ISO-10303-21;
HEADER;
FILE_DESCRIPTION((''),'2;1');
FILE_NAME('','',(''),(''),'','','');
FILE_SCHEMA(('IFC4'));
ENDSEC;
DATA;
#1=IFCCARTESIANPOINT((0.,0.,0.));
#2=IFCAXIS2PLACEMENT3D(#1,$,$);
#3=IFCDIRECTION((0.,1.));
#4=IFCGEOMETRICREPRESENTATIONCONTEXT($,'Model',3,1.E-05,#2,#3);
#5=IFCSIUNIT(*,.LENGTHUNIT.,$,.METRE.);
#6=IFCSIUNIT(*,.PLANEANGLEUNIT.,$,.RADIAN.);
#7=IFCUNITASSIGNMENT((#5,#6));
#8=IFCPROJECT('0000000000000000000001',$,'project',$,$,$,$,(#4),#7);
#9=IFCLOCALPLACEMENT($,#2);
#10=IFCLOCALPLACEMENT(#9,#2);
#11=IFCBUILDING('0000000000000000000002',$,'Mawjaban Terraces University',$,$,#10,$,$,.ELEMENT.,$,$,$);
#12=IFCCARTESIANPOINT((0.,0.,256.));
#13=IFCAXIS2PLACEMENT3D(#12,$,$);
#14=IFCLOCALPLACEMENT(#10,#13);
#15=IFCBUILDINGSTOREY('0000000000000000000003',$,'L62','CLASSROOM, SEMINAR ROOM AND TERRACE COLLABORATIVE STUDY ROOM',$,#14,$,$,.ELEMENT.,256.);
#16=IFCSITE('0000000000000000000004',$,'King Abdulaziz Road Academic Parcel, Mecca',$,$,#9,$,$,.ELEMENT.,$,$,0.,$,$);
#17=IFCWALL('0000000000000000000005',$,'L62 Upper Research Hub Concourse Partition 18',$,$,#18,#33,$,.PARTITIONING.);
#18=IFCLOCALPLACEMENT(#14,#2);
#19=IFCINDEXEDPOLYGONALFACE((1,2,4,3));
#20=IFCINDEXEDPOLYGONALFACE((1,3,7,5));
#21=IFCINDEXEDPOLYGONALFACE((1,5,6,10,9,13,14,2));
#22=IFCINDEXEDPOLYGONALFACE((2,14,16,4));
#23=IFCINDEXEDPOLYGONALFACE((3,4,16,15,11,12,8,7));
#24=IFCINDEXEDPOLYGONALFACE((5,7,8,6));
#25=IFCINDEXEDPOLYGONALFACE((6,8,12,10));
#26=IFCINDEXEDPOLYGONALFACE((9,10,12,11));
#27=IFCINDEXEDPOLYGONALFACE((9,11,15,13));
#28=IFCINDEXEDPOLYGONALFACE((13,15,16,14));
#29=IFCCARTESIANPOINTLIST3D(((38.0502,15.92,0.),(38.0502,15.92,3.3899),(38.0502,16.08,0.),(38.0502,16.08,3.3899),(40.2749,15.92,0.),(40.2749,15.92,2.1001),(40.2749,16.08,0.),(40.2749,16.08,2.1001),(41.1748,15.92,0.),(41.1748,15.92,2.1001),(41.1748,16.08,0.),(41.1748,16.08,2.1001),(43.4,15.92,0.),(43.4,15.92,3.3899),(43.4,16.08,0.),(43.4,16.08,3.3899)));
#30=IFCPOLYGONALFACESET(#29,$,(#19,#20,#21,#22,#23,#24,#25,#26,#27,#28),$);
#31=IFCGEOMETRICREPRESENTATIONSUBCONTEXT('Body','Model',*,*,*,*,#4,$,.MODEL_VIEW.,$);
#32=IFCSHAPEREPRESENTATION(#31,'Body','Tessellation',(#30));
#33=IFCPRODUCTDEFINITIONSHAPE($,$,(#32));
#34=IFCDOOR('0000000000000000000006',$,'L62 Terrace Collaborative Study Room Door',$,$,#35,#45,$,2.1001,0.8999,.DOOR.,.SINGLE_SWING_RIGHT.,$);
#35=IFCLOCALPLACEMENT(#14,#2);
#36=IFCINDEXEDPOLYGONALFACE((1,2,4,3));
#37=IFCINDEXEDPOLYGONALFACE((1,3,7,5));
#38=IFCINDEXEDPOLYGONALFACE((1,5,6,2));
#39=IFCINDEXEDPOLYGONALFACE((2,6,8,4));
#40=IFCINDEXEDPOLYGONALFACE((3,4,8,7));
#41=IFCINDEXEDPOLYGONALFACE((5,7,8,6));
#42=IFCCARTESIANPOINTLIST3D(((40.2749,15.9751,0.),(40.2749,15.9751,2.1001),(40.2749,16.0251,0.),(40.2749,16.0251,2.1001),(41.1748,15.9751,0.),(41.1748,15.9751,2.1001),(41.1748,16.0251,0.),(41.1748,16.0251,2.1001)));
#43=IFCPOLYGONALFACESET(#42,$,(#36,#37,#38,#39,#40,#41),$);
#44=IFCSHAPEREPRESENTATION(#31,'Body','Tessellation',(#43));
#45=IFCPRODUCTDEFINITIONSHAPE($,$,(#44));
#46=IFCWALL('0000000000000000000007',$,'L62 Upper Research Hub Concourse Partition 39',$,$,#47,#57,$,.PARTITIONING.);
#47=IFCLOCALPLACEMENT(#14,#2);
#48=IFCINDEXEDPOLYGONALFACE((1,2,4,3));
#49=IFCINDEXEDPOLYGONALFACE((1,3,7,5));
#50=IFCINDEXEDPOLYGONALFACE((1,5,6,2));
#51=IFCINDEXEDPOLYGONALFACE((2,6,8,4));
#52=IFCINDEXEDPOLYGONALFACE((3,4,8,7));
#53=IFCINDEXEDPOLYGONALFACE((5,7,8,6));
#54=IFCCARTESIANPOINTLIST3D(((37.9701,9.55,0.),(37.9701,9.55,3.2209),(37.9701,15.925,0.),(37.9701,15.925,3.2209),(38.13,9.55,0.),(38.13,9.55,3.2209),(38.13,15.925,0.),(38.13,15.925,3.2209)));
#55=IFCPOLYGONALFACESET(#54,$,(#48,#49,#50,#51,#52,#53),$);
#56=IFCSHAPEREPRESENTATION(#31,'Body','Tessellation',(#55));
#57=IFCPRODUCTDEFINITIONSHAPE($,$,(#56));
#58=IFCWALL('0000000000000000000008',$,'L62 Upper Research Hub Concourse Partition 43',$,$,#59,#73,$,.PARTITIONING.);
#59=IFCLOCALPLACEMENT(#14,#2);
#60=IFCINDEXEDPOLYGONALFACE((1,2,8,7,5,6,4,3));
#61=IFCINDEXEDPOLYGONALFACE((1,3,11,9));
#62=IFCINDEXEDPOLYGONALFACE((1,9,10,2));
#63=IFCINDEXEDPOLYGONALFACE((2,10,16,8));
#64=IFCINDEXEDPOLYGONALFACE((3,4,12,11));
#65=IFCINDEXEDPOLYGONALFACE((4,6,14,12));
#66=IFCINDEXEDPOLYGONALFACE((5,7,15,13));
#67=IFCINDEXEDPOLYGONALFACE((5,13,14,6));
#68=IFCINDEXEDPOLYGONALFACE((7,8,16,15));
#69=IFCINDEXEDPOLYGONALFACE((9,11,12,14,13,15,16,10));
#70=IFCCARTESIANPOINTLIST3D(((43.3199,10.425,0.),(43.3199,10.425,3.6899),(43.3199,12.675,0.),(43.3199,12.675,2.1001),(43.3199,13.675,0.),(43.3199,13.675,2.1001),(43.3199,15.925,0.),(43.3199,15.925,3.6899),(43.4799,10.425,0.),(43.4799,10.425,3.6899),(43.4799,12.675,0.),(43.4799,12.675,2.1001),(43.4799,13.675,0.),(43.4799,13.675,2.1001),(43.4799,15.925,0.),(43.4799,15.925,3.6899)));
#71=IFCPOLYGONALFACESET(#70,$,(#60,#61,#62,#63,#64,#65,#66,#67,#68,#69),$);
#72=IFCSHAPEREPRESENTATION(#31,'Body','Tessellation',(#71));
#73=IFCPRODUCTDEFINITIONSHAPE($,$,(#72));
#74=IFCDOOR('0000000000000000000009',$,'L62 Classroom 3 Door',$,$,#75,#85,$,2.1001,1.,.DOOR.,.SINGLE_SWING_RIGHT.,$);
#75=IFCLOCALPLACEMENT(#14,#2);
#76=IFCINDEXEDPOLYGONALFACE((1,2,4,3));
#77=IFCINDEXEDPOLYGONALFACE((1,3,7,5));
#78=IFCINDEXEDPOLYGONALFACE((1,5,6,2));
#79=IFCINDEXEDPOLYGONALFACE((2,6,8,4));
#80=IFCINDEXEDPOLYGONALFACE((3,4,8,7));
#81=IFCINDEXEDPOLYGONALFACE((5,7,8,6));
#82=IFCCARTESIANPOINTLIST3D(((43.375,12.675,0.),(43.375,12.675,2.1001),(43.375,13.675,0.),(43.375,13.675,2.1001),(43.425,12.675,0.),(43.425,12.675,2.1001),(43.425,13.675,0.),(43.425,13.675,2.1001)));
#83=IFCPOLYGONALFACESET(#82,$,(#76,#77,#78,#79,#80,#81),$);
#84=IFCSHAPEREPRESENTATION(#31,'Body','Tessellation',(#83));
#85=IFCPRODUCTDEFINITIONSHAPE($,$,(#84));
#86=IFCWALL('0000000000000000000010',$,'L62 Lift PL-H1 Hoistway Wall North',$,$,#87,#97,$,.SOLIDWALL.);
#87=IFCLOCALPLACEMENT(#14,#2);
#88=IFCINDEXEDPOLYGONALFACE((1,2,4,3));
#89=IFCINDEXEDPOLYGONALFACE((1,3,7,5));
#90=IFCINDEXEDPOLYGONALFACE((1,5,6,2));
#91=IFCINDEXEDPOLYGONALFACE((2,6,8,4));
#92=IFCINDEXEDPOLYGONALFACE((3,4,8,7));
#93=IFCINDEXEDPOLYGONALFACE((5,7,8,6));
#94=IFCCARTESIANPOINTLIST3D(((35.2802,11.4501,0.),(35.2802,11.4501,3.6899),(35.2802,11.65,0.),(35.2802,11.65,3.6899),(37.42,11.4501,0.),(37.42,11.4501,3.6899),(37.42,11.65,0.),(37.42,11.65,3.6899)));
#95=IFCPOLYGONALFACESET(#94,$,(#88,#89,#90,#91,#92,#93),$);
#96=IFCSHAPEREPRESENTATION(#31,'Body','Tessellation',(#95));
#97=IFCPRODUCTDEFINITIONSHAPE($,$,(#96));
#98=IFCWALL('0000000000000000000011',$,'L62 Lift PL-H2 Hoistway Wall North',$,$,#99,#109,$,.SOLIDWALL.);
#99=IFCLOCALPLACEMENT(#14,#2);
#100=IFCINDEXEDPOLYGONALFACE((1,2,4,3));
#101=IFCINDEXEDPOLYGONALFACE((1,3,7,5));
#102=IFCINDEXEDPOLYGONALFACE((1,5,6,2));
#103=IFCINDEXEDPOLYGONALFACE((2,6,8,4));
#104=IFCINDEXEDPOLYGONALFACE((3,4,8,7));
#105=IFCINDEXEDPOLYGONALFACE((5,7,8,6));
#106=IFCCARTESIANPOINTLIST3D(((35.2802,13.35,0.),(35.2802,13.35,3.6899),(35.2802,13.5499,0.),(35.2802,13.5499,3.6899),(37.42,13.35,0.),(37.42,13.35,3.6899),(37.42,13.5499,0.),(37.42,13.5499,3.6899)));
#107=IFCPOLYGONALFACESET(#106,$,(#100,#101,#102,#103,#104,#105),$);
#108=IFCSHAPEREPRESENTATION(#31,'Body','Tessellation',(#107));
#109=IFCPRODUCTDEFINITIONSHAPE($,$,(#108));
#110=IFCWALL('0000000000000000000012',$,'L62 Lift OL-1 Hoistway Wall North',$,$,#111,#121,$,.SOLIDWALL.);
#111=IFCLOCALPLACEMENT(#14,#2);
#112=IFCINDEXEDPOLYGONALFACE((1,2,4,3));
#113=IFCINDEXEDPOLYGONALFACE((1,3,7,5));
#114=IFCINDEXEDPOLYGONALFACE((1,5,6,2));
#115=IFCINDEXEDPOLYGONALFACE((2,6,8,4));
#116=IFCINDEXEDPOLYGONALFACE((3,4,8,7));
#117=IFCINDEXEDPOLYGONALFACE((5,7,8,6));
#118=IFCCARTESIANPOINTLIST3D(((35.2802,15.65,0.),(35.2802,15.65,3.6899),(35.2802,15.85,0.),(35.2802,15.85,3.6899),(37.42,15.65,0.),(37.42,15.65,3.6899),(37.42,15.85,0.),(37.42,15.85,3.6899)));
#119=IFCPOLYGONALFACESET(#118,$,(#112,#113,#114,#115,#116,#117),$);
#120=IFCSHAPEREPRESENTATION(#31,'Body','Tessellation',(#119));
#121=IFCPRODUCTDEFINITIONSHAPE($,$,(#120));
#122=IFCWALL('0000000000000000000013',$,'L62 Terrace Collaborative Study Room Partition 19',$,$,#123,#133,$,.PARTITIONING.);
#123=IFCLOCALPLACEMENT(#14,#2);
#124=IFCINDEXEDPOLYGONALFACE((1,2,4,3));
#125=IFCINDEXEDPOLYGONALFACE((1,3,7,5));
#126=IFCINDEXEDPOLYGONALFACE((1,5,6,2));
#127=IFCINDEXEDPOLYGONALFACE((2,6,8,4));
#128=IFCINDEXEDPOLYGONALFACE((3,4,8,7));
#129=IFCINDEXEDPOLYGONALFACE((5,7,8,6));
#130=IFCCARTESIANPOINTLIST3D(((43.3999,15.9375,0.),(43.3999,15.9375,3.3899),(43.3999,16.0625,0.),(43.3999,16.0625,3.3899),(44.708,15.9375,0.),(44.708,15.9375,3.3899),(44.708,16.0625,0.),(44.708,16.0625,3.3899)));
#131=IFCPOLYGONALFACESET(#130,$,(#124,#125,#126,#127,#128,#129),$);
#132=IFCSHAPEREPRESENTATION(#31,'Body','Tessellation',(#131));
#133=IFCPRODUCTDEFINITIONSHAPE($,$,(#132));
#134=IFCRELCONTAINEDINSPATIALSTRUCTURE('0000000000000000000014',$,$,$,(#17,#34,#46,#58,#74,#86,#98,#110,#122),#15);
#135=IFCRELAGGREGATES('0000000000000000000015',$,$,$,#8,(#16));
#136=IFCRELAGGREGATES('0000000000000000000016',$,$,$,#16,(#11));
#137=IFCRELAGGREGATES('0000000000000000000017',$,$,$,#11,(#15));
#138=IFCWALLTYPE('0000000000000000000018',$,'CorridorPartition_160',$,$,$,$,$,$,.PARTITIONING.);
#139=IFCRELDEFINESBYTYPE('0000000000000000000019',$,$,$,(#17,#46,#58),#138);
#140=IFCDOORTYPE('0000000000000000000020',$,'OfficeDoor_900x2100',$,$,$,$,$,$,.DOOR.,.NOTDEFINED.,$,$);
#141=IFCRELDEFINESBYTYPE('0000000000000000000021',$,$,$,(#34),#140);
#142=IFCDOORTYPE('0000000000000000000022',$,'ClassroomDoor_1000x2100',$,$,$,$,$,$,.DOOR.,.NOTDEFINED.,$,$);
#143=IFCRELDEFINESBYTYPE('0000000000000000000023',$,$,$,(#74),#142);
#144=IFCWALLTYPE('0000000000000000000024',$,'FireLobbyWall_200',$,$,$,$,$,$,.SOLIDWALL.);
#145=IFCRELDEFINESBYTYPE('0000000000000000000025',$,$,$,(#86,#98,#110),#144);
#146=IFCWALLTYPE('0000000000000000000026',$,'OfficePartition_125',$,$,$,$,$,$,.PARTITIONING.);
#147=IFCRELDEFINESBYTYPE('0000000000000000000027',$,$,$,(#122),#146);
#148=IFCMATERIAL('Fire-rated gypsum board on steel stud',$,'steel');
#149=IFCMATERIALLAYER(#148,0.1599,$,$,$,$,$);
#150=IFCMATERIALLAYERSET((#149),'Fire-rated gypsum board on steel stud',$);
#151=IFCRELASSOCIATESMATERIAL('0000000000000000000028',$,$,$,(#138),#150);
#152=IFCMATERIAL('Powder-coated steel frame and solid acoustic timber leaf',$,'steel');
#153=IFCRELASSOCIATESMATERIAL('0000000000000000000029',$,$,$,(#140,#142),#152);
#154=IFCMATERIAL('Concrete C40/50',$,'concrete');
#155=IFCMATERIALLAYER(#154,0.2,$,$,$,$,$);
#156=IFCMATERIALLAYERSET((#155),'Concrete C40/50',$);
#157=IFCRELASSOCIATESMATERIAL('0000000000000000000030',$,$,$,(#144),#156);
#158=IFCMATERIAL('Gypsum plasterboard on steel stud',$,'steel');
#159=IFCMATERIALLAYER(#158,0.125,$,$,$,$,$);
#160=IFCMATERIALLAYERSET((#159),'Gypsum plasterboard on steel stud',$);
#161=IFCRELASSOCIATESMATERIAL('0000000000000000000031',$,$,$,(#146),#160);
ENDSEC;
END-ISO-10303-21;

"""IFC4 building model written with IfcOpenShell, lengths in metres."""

from ifc_helpers import new_model, si_unit, direction, frame, frame_2d, origin, place, context, subcontext, project, spatial, rectangle, extrude, material, layer, layer_set, type_object, element, fill, save


model = new_model("IFC4")

# Units and contexts
model_context = context("Model", 3, precision=1e-05, world=origin(), true_north=direction((0.0, 1.0)))
body_context = subcontext(model_context, "Body", "Model", "MODEL_VIEW")
ifc_project = project(units=[si_unit("LENGTHUNIT", "METRE"), si_unit("PLANEANGLEUNIT", "RADIAN")], contexts=[model_context])

# Site, building, storey
site_placement = place(None, origin())
site = spatial("IfcSite", under=ifc_project, at=site_placement, Name="King Abdulaziz Road Academic Parcel, Mecca", CompositionType="ELEMENT", RefElevation=0.0)
building_placement = place(site_placement, origin())
building = spatial("IfcBuilding", under=site, at=building_placement, Name="Mawjaban Terraces University", CompositionType="ELEMENT")
storey_placement = place(building_placement, frame((0.0, 0.0, 256.0)))
storey = spatial("IfcBuildingStorey", under=building, at=storey_placement, Name="L62", Description="CLASSROOM, SEMINAR ROOM AND TERRACE COLLABORATIVE STUDY ROOM", CompositionType="ELEMENT", Elevation=256.0)

# Wall, opening, door
ifc_material_1 = material(Name="Fire-rated gypsum board on steel stud", Category="steel")
ifc_layer_1 = layer(ifc_material_1, 0.1599)
ifc_layer_set_1 = layer_set([ifc_layer_1], Name="Fire-rated gypsum board on steel stud")
wall_type_1 = type_object("IfcWallType", Name="CorridorPartition_160", PredefinedType="PARTITIONING", material=ifc_layer_set_1)
wall_1_placement = place(storey_placement, frame((43.3999, 16.0, 0.0), z_axis=(0.0, 0.0, 1.0), x_axis=(-1.0, 0.0, 0.0)))
wall_1 = element("IfcWall", 1, at=wall_1_placement, inside=storey, type_object=wall_type_1, Name="L62 Upper Research Hub Concourse Partition 18", PredefinedType="PARTITIONING", context=body_context, shape_type="SweptSolid", body=[
    extrude(rectangle(XDim=5.3499, YDim=0.1599, at=frame_2d((2.6748, 0.0))), origin(), (0.0, 0.0, 1.0), 3.3899),
])
opening_1_placement = place(wall_1_placement, frame((2.2251, 0.0, 0.0)))
opening_1 = element("IfcOpeningElement", 2, at=opening_1_placement, cuts=wall_1, PredefinedType="OPENING", context=body_context, shape_type="SweptSolid", body=[
    extrude(rectangle(XDim=0.8999, YDim=2.1001, at=frame_2d((0.45, 1.05))), frame((0.0, 0.0898, 0.0), z_axis=(0.0, -1.0, 0.0), x_axis=(1.0, 0.0, 0.0)), (0.0, 0.0, 1.0), 0.1799),
])
ifc_material_2 = material(Name="Powder-coated steel frame and solid acoustic timber leaf", Category="steel")
door_type_1 = type_object("IfcDoorType", Name="OfficeDoor_900x2100", OperationType="NOTDEFINED", PredefinedType="DOOR", material=ifc_material_2)
door_1_placement = place(opening_1_placement, origin())
door_1 = element("IfcDoor", 3, at=door_1_placement, inside=storey, type_object=door_type_1, Name="L62 Terrace Collaborative Study Room Door", OperationType="SINGLE_SWING_RIGHT", OverallHeight=2.1001, OverallWidth=0.8999, PredefinedType="DOOR", context=body_context, shape_type="SweptSolid", body=[
    extrude(rectangle(XDim=0.8999, YDim=2.1001, at=frame_2d((0.45, 1.05))), frame((0.0, 0.0249, 0.0), z_axis=(0.0, -1.0, 0.0), x_axis=(1.0, 0.0, 0.0)), (0.0, 0.0, 1.0), 0.05),
])
fill(opening_1, door_1)

# Wall
wall_2_placement = place(storey_placement, frame((38.05, 15.925, 0.0), z_axis=(0.0, 0.0, 1.0), x_axis=(0.0, -1.0, 0.0)))
element("IfcWall", 4, at=wall_2_placement, inside=storey, type_object=wall_type_1, Name="L62 Upper Research Hub Concourse Partition 39", PredefinedType="PARTITIONING", context=body_context, shape_type="SweptSolid", body=[
    extrude(rectangle(XDim=6.375, YDim=0.1599, at=frame_2d((3.1875, 0.0))), origin(), (0.0, 0.0, 1.0), 3.2209),
])

# Wall, opening, door
wall_3_placement = place(storey_placement, frame((43.3999, 10.425, 0.0), z_axis=(0.0, 0.0, 1.0), x_axis=(0.0, 1.0, 0.0)))
wall_3 = element("IfcWall", 5, at=wall_3_placement, inside=storey, type_object=wall_type_1, Name="L62 Upper Research Hub Concourse Partition 43", PredefinedType="PARTITIONING", context=body_context, shape_type="SweptSolid", body=[
    extrude(rectangle(XDim=5.5, YDim=0.1599, at=frame_2d((2.75, 0.0))), origin(), (0.0, 0.0, 1.0), 3.6899),
])
opening_2_placement = place(wall_3_placement, frame((2.25, 0.0, 0.0)))
opening_2 = element("IfcOpeningElement", 6, at=opening_2_placement, cuts=wall_3, PredefinedType="OPENING", context=body_context, shape_type="SweptSolid", body=[
    extrude(rectangle(XDim=1.0, YDim=2.1001, at=frame_2d((0.5, 1.05))), frame((0.0, 0.0898, 0.0), z_axis=(0.0, -1.0, 0.0), x_axis=(1.0, 0.0, 0.0)), (0.0, 0.0, 1.0), 0.1799),
])
door_type_2 = type_object("IfcDoorType", Name="ClassroomDoor_1000x2100", OperationType="NOTDEFINED", PredefinedType="DOOR", material=ifc_material_2)
door_2_placement = place(opening_2_placement, origin())
door_2 = element("IfcDoor", 7, at=door_2_placement, inside=storey, type_object=door_type_2, Name="L62 Classroom 3 Door", OperationType="SINGLE_SWING_RIGHT", OverallHeight=2.1001, OverallWidth=1.0, PredefinedType="DOOR", context=body_context, shape_type="SweptSolid", body=[
    extrude(rectangle(XDim=1.0, YDim=2.1001, at=frame_2d((0.5, 1.05))), frame((0.0, 0.0249, 0.0), z_axis=(0.0, -1.0, 0.0), x_axis=(1.0, 0.0, 0.0)), (0.0, 0.0, 1.0), 0.05),
])
fill(opening_2, door_2)

# Walls
ifc_material_3 = material(Name="Concrete C40/50", Category="concrete")
ifc_layer_2 = layer(ifc_material_3, 0.2)
ifc_layer_set_2 = layer_set([ifc_layer_2], Name="Concrete C40/50")
wall_type_2 = type_object("IfcWallType", Name="FireLobbyWall_200", PredefinedType="SOLIDWALL", material=ifc_layer_set_2)
for number, where, z_axis, x_axis, name in (
    (8, (37.4199, 11.55, 0.0), (0.0, 0.0, 1.0), (-1.0, 0.0, 0.0), "L62 Lift PL-H1 Hoistway Wall North"),
    (9, (37.4199, 13.45, 0.0), (0.0, 0.0, 1.0), (-1.0, 0.0, 0.0), "L62 Lift PL-H2 Hoistway Wall North"),
    (10, (37.4199, 15.75, 0.0), (0.0, 0.0, 1.0), (-1.0, 0.0, 0.0), "L62 Lift OL-1 Hoistway Wall North"),
):
    element("IfcWall", number, at=place(storey_placement, frame(where, z_axis=z_axis, x_axis=x_axis)), inside=storey, type_object=wall_type_2, Name=name, PredefinedType="SOLIDWALL", context=body_context, shape_type="SweptSolid", body=[
        extrude(rectangle(XDim=2.1399, YDim=0.2, at=frame_2d((1.0698, 0.0))), origin(), (0.0, 0.0, 1.0), 3.6899),
    ])
ifc_material_4 = material(Name="Gypsum plasterboard on steel stud", Category="steel")
ifc_layer_3 = layer(ifc_material_4, 0.125)
ifc_layer_set_3 = layer_set([ifc_layer_3], Name="Gypsum plasterboard on steel stud")
wall_type_3 = type_object("IfcWallType", Name="OfficePartition_125", PredefinedType="PARTITIONING", material=ifc_layer_set_3)
wall_4_placement = place(storey_placement, frame((43.3999, 16.0, 0.0), z_axis=(0.0, 0.0, 1.0), x_axis=(1.0, 0.0, 0.0)))
element("IfcWall", 11, at=wall_4_placement, inside=storey, type_object=wall_type_3, Name="L62 Terrace Collaborative Study Room Partition 19", PredefinedType="PARTITIONING", context=body_context, shape_type="SweptSolid", body=[
    extrude(rectangle(XDim=1.3081, YDim=0.125, at=frame_2d((0.6541, 0.0))), origin(), (0.0, 0.0, 1.0), 3.3899),
])

save(model, "model.ifc")
